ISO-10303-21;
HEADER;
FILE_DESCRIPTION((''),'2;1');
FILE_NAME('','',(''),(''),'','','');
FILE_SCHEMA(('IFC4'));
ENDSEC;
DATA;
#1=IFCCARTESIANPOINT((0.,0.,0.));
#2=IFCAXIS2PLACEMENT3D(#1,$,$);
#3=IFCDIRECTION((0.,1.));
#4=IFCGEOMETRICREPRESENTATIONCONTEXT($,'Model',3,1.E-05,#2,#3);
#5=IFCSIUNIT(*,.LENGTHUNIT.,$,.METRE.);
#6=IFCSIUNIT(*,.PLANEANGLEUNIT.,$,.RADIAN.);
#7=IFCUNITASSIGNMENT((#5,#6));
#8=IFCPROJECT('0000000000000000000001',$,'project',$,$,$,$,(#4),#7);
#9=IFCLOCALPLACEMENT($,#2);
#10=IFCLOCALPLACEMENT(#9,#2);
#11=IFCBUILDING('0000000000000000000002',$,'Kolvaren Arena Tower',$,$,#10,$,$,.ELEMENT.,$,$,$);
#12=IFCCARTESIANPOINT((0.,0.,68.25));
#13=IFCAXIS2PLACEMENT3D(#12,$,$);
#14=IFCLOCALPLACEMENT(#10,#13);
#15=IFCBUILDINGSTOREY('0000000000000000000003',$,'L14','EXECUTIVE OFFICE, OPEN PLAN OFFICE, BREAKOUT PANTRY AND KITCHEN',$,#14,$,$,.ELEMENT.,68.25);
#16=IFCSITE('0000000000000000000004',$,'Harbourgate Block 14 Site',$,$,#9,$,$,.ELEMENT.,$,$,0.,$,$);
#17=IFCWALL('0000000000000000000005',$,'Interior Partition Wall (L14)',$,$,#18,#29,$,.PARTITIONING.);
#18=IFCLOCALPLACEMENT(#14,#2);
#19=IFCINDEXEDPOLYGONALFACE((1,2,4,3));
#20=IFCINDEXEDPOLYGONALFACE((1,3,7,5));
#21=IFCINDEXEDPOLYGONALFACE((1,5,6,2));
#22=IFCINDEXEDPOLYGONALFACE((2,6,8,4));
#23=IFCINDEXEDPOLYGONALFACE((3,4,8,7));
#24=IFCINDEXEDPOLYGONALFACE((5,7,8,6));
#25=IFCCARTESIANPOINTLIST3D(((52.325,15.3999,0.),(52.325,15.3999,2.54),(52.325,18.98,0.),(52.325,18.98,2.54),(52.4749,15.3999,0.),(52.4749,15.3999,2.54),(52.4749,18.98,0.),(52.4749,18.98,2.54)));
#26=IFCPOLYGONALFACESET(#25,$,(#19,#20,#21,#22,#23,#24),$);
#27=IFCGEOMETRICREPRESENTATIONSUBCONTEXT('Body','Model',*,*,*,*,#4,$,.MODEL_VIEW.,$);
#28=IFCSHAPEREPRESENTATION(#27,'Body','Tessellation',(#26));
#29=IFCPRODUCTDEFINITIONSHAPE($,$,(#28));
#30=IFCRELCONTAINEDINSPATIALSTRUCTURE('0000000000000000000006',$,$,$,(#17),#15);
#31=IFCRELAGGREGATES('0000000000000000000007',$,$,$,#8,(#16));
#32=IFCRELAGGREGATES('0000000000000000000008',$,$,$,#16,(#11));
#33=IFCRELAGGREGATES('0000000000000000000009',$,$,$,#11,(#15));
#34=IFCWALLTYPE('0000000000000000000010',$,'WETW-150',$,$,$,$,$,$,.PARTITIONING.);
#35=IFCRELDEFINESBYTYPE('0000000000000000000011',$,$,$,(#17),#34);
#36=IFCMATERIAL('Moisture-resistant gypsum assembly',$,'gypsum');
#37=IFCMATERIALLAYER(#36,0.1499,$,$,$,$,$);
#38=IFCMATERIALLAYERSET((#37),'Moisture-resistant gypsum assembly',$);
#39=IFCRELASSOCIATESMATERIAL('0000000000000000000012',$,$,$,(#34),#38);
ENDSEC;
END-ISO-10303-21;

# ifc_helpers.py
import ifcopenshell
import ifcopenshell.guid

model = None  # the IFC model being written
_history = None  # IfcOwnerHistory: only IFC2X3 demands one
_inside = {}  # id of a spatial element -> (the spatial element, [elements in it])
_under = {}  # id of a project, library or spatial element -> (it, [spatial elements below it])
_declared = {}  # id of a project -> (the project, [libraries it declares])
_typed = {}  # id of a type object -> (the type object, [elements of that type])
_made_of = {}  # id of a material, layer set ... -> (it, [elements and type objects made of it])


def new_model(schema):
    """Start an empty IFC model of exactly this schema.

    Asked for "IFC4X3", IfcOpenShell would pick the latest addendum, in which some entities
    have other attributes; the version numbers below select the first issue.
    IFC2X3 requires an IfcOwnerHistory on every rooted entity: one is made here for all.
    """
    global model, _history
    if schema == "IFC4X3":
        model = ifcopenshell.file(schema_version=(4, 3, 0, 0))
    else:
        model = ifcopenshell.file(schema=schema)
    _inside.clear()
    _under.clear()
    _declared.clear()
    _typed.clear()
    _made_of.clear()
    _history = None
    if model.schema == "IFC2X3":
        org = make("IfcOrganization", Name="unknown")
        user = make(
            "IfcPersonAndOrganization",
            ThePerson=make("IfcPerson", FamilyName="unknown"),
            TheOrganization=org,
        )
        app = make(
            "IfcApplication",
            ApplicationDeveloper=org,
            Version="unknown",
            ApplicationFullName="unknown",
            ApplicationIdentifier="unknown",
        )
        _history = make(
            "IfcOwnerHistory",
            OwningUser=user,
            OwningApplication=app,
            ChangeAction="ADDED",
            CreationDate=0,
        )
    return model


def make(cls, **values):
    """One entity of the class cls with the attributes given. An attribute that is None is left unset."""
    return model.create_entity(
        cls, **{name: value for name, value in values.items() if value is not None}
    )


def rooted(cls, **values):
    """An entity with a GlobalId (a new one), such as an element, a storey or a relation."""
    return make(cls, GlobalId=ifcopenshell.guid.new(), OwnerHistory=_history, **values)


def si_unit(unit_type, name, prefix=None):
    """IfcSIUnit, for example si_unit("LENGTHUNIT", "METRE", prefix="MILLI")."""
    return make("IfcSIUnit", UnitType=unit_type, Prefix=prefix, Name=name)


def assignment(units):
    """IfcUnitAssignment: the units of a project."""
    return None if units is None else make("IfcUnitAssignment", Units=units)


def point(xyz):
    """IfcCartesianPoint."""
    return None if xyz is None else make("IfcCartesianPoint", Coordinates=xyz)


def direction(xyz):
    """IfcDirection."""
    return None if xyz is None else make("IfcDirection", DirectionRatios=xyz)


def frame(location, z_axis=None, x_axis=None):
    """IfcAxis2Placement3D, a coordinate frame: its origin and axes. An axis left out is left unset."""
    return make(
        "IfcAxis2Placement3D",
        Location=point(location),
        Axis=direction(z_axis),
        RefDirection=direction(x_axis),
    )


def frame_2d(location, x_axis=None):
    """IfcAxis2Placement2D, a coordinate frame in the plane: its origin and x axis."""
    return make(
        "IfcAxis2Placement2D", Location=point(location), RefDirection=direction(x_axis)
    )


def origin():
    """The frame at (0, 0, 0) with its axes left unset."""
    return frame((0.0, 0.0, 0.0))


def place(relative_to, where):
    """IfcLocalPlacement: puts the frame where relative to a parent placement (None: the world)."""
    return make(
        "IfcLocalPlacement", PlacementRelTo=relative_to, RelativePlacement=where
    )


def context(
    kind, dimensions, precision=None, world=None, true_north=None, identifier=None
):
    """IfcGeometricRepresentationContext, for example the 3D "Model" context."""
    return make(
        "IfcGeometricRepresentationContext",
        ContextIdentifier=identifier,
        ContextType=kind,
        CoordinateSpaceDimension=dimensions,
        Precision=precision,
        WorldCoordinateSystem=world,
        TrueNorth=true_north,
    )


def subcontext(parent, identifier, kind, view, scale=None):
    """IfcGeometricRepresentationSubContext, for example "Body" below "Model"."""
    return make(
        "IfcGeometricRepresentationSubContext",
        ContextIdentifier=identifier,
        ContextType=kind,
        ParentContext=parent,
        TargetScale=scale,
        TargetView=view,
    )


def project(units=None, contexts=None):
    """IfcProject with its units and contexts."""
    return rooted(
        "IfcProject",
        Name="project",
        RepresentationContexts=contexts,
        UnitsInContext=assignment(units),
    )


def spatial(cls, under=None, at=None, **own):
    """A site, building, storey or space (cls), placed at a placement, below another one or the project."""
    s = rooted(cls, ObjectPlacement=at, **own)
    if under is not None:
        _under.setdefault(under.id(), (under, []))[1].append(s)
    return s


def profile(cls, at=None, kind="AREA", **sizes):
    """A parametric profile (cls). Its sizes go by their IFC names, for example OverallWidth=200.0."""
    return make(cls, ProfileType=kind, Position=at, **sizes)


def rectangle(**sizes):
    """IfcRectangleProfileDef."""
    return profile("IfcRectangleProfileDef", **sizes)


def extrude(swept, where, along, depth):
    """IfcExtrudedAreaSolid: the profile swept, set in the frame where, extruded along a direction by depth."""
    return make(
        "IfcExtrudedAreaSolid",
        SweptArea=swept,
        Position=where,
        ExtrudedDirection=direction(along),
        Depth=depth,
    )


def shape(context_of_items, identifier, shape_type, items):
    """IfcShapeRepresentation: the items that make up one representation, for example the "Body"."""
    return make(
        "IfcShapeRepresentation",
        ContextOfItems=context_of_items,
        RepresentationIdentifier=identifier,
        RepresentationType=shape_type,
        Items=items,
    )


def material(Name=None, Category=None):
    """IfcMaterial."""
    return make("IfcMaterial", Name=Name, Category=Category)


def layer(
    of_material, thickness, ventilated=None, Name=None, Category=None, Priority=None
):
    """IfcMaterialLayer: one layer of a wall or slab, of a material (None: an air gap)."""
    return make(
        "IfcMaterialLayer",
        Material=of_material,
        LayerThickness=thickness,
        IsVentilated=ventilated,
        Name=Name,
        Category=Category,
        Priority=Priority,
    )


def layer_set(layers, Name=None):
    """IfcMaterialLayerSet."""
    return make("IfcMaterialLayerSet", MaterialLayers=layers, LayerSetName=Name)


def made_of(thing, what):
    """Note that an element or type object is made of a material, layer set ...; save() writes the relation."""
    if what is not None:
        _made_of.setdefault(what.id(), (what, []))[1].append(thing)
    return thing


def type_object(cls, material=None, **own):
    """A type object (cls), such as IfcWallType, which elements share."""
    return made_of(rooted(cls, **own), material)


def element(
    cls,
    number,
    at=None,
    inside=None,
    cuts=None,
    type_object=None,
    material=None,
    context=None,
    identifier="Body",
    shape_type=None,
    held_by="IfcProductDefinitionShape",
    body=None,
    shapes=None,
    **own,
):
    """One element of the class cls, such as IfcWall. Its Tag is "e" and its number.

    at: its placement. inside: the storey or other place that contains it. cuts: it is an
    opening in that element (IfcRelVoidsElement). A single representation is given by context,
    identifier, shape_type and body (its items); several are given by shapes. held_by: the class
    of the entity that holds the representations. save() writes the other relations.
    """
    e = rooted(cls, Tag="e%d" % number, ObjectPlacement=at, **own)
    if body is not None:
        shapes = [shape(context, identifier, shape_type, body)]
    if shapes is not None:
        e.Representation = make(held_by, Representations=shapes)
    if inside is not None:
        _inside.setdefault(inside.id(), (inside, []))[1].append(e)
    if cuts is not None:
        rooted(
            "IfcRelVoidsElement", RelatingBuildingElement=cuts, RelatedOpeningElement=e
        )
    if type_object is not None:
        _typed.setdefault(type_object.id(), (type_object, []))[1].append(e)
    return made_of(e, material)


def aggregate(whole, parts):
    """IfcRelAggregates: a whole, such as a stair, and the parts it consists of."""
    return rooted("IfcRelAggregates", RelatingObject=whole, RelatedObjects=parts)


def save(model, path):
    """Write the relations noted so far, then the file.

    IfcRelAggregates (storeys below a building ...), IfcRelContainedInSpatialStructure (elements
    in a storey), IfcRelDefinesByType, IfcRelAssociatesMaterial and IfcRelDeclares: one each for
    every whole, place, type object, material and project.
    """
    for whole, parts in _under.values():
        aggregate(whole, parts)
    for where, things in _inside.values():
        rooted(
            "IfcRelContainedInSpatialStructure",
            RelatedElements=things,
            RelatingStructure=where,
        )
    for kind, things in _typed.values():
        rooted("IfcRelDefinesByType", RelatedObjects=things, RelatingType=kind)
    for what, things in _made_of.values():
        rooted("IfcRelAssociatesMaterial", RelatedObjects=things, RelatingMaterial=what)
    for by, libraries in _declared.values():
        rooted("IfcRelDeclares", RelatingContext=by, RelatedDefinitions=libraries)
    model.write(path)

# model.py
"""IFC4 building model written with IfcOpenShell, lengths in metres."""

from ifc_helpers import new_model, si_unit, direction, frame, frame_2d, origin, place, context, subcontext, project, spatial, rectangle, extrude, material, layer, layer_set, type_object, element, save


model = new_model("IFC4")

# Units and contexts
model_context = context("Model", 3, precision=1e-05, world=origin(), true_north=direction((0.0, 1.0)))
body_context = subcontext(model_context, "Body", "Model", "MODEL_VIEW")
ifc_project = project(units=[si_unit("LENGTHUNIT", "METRE"), si_unit("PLANEANGLEUNIT", "RADIAN")], contexts=[model_context])

# Site, building, storey
site_placement = place(None, origin())
site = spatial("IfcSite", under=ifc_project, at=site_placement, Name="Harbourgate Block 14 Site", CompositionType="ELEMENT", RefElevation=0.0)
building_placement = place(site_placement, origin())
building = spatial("IfcBuilding", under=site, at=building_placement, Name="Kolvaren Arena Tower", CompositionType="ELEMENT")
storey_placement = place(building_placement, frame((0.0, 0.0, 68.25)))
storey = spatial("IfcBuildingStorey", under=building, at=storey_placement, Name="L14", Description="EXECUTIVE OFFICE, OPEN PLAN OFFICE, BREAKOUT PANTRY AND KITCHEN", CompositionType="ELEMENT", Elevation=68.25)

# Wall
ifc_material_1 = material(Name="Moisture-resistant gypsum assembly", Category="gypsum")
ifc_layer_1 = layer(ifc_material_1, 0.1499)
ifc_layer_set_1 = layer_set([ifc_layer_1], Name="Moisture-resistant gypsum assembly")
wall_type_1 = type_object("IfcWallType", Name="WETW-150", PredefinedType="PARTITIONING", material=ifc_layer_set_1)
wall_1_placement = place(storey_placement, frame((52.3999, 15.3999, 0.0), z_axis=(0.0, 0.0, 1.0), x_axis=(0.0, 1.0, 0.0)))
element("IfcWall", 1, at=wall_1_placement, inside=storey, type_object=wall_type_1, Name="Interior Partition Wall (L14)", PredefinedType="PARTITIONING", context=body_context, shape_type="SweptSolid", body=[
    extrude(rectangle(XDim=3.5801, YDim=0.1499, at=frame_2d((1.79, 0.0))), origin(), (0.0, 0.0, 1.0), 2.54),
])

save(model, "model.ifc")
